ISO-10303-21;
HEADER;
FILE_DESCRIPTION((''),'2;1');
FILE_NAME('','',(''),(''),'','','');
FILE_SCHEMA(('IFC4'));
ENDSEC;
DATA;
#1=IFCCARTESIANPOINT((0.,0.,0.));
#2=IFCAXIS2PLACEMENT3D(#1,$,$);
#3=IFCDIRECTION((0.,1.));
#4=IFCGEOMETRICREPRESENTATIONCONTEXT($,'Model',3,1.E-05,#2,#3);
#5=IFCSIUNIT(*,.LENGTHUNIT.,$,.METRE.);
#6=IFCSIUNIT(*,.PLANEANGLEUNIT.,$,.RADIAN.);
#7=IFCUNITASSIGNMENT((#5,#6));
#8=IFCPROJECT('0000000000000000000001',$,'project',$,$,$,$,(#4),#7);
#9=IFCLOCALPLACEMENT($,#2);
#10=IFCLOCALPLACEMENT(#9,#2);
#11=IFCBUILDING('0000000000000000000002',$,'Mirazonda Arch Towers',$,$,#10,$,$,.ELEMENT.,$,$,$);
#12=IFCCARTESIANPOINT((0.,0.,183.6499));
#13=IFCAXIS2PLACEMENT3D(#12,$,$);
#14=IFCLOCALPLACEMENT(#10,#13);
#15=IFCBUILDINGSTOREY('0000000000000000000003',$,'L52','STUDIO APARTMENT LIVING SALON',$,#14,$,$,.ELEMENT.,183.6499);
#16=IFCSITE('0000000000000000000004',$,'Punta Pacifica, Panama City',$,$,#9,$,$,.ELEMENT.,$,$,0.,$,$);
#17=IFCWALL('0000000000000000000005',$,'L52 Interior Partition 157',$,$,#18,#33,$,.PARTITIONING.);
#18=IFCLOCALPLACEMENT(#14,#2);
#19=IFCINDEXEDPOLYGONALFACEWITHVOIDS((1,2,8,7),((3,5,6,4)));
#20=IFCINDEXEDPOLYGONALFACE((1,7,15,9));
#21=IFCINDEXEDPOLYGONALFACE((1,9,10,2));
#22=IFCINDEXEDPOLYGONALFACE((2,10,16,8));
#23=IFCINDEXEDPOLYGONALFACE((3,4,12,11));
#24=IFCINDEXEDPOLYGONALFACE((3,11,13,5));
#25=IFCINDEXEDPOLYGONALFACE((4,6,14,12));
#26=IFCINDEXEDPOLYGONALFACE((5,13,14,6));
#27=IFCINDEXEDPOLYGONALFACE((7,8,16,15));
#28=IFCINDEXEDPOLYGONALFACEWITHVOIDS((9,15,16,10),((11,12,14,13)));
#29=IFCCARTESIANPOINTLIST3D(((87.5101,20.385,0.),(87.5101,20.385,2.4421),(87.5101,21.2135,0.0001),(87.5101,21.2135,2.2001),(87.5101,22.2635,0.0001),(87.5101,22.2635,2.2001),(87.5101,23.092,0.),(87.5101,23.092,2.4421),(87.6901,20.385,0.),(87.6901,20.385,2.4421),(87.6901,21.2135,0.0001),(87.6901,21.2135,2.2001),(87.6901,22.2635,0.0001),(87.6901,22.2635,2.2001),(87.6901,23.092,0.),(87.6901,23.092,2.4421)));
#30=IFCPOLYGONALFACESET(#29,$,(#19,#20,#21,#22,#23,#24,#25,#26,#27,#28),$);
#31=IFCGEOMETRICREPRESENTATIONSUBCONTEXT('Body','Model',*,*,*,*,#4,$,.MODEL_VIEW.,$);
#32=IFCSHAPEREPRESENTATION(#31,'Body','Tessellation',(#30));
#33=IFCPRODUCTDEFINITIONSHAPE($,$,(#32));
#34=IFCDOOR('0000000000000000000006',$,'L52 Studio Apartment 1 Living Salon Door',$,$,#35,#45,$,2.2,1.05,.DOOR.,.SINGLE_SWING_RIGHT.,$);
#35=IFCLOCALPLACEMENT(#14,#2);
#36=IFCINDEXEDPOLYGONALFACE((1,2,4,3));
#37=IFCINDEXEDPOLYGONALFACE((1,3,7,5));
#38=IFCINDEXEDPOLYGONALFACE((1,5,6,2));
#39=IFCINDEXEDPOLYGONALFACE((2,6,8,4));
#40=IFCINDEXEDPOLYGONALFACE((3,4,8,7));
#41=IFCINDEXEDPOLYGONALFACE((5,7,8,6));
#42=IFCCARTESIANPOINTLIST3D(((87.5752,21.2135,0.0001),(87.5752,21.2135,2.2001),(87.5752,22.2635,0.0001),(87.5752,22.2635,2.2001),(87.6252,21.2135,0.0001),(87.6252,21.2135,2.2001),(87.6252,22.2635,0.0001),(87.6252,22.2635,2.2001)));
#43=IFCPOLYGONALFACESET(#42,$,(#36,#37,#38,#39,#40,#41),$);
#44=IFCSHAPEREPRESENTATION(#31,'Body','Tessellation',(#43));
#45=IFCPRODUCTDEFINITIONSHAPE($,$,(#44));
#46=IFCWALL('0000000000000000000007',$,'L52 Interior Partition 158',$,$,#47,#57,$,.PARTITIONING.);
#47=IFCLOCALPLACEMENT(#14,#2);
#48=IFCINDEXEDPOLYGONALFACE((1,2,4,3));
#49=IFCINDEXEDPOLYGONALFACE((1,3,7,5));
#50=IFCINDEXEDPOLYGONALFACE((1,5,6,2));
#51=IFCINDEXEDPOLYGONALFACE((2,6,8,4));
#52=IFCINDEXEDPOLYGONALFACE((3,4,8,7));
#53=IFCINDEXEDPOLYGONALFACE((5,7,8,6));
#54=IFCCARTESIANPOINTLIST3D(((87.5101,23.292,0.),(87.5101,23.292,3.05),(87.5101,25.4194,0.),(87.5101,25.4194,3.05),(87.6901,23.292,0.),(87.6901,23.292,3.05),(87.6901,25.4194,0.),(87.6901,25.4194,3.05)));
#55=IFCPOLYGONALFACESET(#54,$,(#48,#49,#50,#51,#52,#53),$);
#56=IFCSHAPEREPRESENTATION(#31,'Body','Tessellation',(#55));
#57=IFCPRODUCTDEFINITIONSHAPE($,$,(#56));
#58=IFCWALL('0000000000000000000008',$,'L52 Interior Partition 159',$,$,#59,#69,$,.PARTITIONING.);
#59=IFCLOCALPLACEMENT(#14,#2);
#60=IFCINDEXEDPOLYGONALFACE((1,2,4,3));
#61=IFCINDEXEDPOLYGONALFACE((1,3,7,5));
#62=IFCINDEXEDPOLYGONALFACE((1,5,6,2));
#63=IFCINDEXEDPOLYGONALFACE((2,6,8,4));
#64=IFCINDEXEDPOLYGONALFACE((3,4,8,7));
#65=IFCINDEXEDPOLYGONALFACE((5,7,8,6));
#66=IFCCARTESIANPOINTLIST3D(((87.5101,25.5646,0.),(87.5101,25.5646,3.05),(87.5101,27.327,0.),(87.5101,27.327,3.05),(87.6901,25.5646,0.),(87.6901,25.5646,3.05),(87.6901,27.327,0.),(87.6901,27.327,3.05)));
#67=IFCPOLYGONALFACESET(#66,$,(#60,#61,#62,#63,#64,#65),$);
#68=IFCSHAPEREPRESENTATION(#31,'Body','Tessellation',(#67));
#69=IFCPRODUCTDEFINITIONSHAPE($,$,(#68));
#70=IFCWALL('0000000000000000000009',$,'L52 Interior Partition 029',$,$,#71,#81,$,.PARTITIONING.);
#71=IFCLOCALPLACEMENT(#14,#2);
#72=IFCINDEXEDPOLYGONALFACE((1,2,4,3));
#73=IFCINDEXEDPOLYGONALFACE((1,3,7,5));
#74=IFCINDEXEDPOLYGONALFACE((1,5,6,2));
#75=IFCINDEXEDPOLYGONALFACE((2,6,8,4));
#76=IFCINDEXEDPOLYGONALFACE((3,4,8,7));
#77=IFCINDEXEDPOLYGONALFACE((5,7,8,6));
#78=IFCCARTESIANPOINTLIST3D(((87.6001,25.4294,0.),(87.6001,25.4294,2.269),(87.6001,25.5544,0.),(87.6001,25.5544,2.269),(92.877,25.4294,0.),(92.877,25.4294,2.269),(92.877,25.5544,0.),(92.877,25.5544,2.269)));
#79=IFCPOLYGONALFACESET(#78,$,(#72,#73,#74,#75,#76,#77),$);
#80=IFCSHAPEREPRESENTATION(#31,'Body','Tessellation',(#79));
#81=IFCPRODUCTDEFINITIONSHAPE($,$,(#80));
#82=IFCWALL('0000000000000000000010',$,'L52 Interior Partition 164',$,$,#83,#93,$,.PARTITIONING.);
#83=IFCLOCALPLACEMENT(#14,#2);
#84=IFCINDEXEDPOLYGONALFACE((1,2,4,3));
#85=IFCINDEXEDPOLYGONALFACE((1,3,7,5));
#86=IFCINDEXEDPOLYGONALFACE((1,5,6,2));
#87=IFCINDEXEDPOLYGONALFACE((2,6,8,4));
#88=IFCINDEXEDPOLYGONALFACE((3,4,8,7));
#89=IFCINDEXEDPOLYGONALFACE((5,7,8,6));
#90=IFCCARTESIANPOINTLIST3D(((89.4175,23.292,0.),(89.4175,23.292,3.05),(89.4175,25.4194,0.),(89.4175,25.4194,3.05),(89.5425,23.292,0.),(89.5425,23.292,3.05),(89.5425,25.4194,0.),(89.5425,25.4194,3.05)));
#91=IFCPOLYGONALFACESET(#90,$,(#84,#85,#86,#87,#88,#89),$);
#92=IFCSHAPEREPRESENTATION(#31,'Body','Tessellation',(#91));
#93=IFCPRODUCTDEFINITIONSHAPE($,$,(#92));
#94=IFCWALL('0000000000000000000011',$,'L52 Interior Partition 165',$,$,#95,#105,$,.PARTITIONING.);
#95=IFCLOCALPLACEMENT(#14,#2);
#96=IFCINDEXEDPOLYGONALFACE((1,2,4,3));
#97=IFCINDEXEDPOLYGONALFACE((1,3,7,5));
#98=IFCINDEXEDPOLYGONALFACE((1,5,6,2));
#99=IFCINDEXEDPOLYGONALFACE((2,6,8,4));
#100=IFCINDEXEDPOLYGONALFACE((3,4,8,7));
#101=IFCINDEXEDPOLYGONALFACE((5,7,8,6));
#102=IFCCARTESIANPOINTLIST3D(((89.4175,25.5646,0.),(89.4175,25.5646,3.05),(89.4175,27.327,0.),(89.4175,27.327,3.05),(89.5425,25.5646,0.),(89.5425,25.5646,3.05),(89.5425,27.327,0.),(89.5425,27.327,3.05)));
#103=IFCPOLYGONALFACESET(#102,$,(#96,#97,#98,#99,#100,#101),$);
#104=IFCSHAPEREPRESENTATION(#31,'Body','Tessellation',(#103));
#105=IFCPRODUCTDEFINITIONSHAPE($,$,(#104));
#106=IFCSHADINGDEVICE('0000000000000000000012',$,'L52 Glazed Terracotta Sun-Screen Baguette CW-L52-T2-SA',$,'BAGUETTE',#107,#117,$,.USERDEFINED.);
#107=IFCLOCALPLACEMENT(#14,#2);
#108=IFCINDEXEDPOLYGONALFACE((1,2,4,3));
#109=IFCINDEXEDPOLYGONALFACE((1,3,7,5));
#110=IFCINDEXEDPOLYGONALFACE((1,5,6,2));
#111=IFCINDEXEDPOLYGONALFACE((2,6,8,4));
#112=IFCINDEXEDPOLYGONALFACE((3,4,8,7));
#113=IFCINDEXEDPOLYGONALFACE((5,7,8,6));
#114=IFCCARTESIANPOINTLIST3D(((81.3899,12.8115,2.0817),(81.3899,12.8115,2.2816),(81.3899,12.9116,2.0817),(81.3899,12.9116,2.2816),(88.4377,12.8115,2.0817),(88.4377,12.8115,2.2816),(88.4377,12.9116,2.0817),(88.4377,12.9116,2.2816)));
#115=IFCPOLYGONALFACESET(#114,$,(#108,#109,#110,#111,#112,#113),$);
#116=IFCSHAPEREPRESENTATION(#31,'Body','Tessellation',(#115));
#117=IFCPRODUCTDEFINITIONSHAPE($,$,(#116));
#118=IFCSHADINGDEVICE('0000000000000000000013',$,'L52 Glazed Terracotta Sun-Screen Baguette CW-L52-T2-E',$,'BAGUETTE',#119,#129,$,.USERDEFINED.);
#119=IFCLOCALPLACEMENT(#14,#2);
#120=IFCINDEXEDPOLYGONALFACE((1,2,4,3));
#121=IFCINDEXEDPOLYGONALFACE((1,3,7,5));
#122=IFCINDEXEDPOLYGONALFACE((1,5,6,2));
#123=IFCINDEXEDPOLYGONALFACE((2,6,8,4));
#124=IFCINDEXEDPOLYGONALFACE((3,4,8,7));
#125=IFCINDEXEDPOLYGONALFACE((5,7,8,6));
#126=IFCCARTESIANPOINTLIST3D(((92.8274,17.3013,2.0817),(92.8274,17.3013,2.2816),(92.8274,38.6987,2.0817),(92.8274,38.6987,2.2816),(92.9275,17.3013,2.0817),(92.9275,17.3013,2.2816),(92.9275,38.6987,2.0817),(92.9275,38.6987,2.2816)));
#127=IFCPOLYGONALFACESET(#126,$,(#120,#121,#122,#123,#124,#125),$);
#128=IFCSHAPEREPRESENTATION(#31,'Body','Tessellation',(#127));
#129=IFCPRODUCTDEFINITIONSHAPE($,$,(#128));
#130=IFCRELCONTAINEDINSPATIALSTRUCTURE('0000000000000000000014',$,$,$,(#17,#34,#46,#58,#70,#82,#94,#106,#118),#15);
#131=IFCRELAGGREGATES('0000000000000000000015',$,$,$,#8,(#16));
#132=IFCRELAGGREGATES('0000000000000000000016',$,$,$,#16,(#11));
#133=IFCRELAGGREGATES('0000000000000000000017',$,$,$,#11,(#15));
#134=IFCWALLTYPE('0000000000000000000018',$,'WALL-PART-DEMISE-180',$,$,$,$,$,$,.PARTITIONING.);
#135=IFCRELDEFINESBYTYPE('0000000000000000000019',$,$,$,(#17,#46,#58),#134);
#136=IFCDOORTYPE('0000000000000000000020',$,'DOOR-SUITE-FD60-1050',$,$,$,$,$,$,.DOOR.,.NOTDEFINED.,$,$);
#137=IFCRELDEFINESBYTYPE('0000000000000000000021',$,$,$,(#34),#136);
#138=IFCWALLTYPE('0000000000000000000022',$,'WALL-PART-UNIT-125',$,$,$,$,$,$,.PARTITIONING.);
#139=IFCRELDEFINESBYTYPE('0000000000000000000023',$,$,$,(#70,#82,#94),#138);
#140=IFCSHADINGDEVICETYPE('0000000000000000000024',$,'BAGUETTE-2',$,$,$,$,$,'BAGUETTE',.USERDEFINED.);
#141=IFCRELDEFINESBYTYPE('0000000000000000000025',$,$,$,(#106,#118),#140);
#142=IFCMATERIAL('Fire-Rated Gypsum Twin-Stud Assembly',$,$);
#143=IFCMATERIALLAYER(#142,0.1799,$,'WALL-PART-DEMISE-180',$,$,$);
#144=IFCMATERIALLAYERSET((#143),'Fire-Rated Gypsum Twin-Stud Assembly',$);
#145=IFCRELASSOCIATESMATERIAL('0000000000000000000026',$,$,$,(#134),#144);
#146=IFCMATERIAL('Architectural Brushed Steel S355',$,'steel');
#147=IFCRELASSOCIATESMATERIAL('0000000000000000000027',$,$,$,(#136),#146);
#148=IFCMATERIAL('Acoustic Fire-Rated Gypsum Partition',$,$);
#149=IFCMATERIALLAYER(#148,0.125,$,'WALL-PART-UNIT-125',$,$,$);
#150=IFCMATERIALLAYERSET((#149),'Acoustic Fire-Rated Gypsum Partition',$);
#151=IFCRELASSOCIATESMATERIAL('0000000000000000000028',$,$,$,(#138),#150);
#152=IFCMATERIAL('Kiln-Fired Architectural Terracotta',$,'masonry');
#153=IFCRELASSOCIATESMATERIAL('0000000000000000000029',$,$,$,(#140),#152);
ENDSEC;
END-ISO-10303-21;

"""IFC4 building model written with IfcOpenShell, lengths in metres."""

from ifc_helpers import new_model, si_unit, direction, frame, frame_2d, origin, origin_2d, place, context, subcontext, project, spatial, rectangle, extrude, material, layer, layer_set, material_profile, profile_set, type_object, element, fill, save


model = new_model("IFC4")

# Units and contexts
model_context = context("Model", 3, precision=1e-05, world=origin(), true_north=direction((0.0, 1.0)))
body_context = subcontext(model_context, "Body", "Model", "MODEL_VIEW")
ifc_project = project(units=[si_unit("LENGTHUNIT", "METRE"), si_unit("PLANEANGLEUNIT", "RADIAN")], contexts=[model_context])

# Site, building, storey
site_placement = place(None, origin())
site = spatial("IfcSite", under=ifc_project, at=site_placement, Name="Punta Pacifica, Panama City", CompositionType="ELEMENT", RefElevation=0.0)
building_placement = place(site_placement, origin())
building = spatial("IfcBuilding", under=site, at=building_placement, Name="Mirazonda Arch Towers", CompositionType="ELEMENT")
storey_placement = place(building_placement, frame((0.0, 0.0, 183.6499)))
storey = spatial("IfcBuildingStorey", under=building, at=storey_placement, Name="L52", Description="STUDIO APARTMENT LIVING SALON", CompositionType="ELEMENT", Elevation=183.6499)

# Shared definitions
ifc_material_1 = material(Name="Fire-Rated Gypsum Twin-Stud Assembly")
ifc_layer_1 = layer(ifc_material_1, 0.1799, Name="WALL-PART-DEMISE-180")
ifc_layer_set_1 = layer_set([ifc_layer_1], Name="Fire-Rated Gypsum Twin-Stud Assembly")
wall_type_1 = type_object("IfcWallType", Name="WALL-PART-DEMISE-180", PredefinedType="PARTITIONING", material=ifc_layer_set_1)

# Shared definitions
ifc_material_2 = material(Name="Architectural Brushed Steel S355", Category="steel")

# Wall, opening, door
wall_1_placement = place(storey_placement, frame((87.6001, 20.385, 0.0), z_axis=(0.0, 0.0, 1.0), x_axis=(0.0, 1.0, 0.0)))
wall_1 = element("IfcWall", 1, at=wall_1_placement, inside=storey, type_object=wall_type_1, Name="L52 Interior Partition 157", PredefinedType="PARTITIONING", context=body_context, shape_type="SweptSolid", body=[
    extrude(rectangle(XDim=2.707, YDim=0.1799, at=frame_2d((1.3535, 0.0))), origin(), (0.0, 0.0, 1.0), 2.4421),
])
opening_1_placement = place(wall_1_placement, frame((0.8286, 0.0, 0.0)))
opening_1 = element("IfcOpeningElement", 2, at=opening_1_placement, cuts=wall_1, PredefinedType="OPENING", context=body_context, shape_type="SweptSolid", body=[
    extrude(rectangle(XDim=1.05, YDim=2.2, at=frame_2d((0.5249, 1.1001))), frame((0.0, 0.0999, 0.0), z_axis=(0.0, -1.0, 0.0), x_axis=(1.0, 0.0, 0.0)), (0.0, 0.0, 1.0), 0.2),
])
door_type_1 = type_object("IfcDoorType", Name="DOOR-SUITE-FD60-1050", OperationType="NOTDEFINED", PredefinedType="DOOR", material=ifc_material_2)
door_1_placement = place(opening_1_placement, origin())
door_1 = element("IfcDoor", 3, at=door_1_placement, inside=storey, type_object=door_type_1, Name="L52 Studio Apartment 1 Living Salon Door", OperationType="SINGLE_SWING_RIGHT", OverallHeight=2.2, OverallWidth=1.05, PredefinedType="DOOR", context=body_context, shape_type="SweptSolid", body=[
    extrude(rectangle(XDim=1.05, YDim=2.2, at=frame_2d((0.5249, 1.1001))), frame((0.0, 0.0249, 0.0), z_axis=(0.0, -1.0, 0.0), x_axis=(1.0, 0.0, 0.0)), (0.0, 0.0, 1.0), 0.05),
])
fill(opening_1, door_1)

# Walls
wall_2_placement = place(storey_placement, frame((87.6001, 23.292, 0.0), z_axis=(0.0, 0.0, 1.0), x_axis=(0.0, 1.0, 0.0)))
element("IfcWall", 4, at=wall_2_placement, inside=storey, type_object=wall_type_1, Name="L52 Interior Partition 158", PredefinedType="PARTITIONING", context=body_context, shape_type="SweptSolid", body=[
    extrude(rectangle(XDim=2.1274, YDim=0.1799, at=frame_2d((1.0637, 0.0))), origin(), (0.0, 0.0, 1.0), 3.05),
])
wall_3_placement = place(storey_placement, frame((87.6001, 25.5645, 0.0), z_axis=(0.0, 0.0, 1.0), x_axis=(0.0, 1.0, 0.0)))
element("IfcWall", 5, at=wall_3_placement, inside=storey, type_object=wall_type_1, Name="L52 Interior Partition 159", PredefinedType="PARTITIONING", context=body_context, shape_type="SweptSolid", body=[
    extrude(rectangle(XDim=1.7625, YDim=0.1799, at=frame_2d((0.8813, 0.0))), origin(), (0.0, 0.0, 1.0), 3.05),
])
ifc_material_3 = material(Name="Acoustic Fire-Rated Gypsum Partition")
ifc_layer_2 = layer(ifc_material_3, 0.125, Name="WALL-PART-UNIT-125")
ifc_layer_set_2 = layer_set([ifc_layer_2], Name="Acoustic Fire-Rated Gypsum Partition")
wall_type_2 = type_object("IfcWallType", Name="WALL-PART-UNIT-125", PredefinedType="PARTITIONING", material=ifc_layer_set_2)
wall_4_placement = place(storey_placement, frame((87.6001, 25.4919, 0.0), z_axis=(0.0, 0.0, 1.0), x_axis=(1.0, 0.0, 0.0)))
element("IfcWall", 6, at=wall_4_placement, inside=storey, type_object=wall_type_2, Name="L52 Interior Partition 029", PredefinedType="PARTITIONING", context=body_context, shape_type="SweptSolid", body=[
    extrude(rectangle(XDim=5.2769, YDim=0.125, at=frame_2d((2.6384, 0.0))), origin(), (0.0, 0.0, 1.0), 2.269),
])
wall_5_placement = place(storey_placement, frame((89.48, 23.292, 0.0), z_axis=(0.0, 0.0, 1.0), x_axis=(0.0, 1.0, 0.0)))
element("IfcWall", 7, at=wall_5_placement, inside=storey, type_object=wall_type_2, Name="L52 Interior Partition 164", PredefinedType="PARTITIONING", context=body_context, shape_type="SweptSolid", body=[
    extrude(rectangle(XDim=2.1274, YDim=0.125, at=frame_2d((1.0637, 0.0))), origin(), (0.0, 0.0, 1.0), 3.05),
])
wall_6_placement = place(storey_placement, frame((89.48, 25.5645, 0.0), z_axis=(0.0, 0.0, 1.0), x_axis=(0.0, 1.0, 0.0)))
element("IfcWall", 8, at=wall_6_placement, inside=storey, type_object=wall_type_2, Name="L52 Interior Partition 165", PredefinedType="PARTITIONING", context=body_context, shape_type="SweptSolid", body=[
    extrude(rectangle(XDim=1.7625, YDim=0.125, at=frame_2d((0.8813, 0.0))), origin(), (0.0, 0.0, 1.0), 3.05),
])

# Shading devices
ifc_material_4 = material(Name="Kiln-Fired Architectural Terracotta", Category="masonry")
ifc_material_profile_1 = material_profile(ifc_material_4, rectangle(XDim=0.1001, YDim=0.2, at=origin_2d()), Name="TERRA-BAG-100x200")
ifc_profile_set_1 = profile_set([ifc_material_profile_1], Name="Kiln-Fired Architectural Terracotta")
shading_device_type = type_object("IfcShadingDeviceType", Name="BAGUETTE-2", ElementType="BAGUETTE", PredefinedType="USERDEFINED", material=ifc_profile_set_1)
shading_device_1_placement = place(storey_placement, frame((88.4377, 12.8616, 2.1816), z_axis=(-1.0, 0.0, 0.0), x_axis=(0.0, -1.0, 0.0)))
element("IfcShadingDevice", 9, at=shading_device_1_placement, inside=storey, type_object=shading_device_type, Name="L52 Glazed Terracotta Sun-Screen Baguette CW-L52-T2-SA", ObjectType="BAGUETTE", PredefinedType="USERDEFINED", context=body_context, shape_type="SweptSolid", body=[
    extrude(rectangle(XDim=0.1001, YDim=0.2, at=origin_2d()), origin(), (0.0, 0.0, 1.0), 7.0479),
])
shading_device_2_placement = place(storey_placement, frame((92.8774, 17.3013, 2.1816), z_axis=(0.0, 1.0, 0.0), x_axis=(-1.0, 0.0, 0.0)))
element("IfcShadingDevice", 10, at=shading_device_2_placement, inside=storey, type_object=shading_device_type, Name="L52 Glazed Terracotta Sun-Screen Baguette CW-L52-T2-E", ObjectType="BAGUETTE", PredefinedType="USERDEFINED", context=body_context, shape_type="SweptSolid", body=[
    extrude(rectangle(XDim=0.1001, YDim=0.2, at=origin_2d()), origin(), (0.0, 0.0, 1.0), 21.3975),
])

save(model, "model.ifc")
